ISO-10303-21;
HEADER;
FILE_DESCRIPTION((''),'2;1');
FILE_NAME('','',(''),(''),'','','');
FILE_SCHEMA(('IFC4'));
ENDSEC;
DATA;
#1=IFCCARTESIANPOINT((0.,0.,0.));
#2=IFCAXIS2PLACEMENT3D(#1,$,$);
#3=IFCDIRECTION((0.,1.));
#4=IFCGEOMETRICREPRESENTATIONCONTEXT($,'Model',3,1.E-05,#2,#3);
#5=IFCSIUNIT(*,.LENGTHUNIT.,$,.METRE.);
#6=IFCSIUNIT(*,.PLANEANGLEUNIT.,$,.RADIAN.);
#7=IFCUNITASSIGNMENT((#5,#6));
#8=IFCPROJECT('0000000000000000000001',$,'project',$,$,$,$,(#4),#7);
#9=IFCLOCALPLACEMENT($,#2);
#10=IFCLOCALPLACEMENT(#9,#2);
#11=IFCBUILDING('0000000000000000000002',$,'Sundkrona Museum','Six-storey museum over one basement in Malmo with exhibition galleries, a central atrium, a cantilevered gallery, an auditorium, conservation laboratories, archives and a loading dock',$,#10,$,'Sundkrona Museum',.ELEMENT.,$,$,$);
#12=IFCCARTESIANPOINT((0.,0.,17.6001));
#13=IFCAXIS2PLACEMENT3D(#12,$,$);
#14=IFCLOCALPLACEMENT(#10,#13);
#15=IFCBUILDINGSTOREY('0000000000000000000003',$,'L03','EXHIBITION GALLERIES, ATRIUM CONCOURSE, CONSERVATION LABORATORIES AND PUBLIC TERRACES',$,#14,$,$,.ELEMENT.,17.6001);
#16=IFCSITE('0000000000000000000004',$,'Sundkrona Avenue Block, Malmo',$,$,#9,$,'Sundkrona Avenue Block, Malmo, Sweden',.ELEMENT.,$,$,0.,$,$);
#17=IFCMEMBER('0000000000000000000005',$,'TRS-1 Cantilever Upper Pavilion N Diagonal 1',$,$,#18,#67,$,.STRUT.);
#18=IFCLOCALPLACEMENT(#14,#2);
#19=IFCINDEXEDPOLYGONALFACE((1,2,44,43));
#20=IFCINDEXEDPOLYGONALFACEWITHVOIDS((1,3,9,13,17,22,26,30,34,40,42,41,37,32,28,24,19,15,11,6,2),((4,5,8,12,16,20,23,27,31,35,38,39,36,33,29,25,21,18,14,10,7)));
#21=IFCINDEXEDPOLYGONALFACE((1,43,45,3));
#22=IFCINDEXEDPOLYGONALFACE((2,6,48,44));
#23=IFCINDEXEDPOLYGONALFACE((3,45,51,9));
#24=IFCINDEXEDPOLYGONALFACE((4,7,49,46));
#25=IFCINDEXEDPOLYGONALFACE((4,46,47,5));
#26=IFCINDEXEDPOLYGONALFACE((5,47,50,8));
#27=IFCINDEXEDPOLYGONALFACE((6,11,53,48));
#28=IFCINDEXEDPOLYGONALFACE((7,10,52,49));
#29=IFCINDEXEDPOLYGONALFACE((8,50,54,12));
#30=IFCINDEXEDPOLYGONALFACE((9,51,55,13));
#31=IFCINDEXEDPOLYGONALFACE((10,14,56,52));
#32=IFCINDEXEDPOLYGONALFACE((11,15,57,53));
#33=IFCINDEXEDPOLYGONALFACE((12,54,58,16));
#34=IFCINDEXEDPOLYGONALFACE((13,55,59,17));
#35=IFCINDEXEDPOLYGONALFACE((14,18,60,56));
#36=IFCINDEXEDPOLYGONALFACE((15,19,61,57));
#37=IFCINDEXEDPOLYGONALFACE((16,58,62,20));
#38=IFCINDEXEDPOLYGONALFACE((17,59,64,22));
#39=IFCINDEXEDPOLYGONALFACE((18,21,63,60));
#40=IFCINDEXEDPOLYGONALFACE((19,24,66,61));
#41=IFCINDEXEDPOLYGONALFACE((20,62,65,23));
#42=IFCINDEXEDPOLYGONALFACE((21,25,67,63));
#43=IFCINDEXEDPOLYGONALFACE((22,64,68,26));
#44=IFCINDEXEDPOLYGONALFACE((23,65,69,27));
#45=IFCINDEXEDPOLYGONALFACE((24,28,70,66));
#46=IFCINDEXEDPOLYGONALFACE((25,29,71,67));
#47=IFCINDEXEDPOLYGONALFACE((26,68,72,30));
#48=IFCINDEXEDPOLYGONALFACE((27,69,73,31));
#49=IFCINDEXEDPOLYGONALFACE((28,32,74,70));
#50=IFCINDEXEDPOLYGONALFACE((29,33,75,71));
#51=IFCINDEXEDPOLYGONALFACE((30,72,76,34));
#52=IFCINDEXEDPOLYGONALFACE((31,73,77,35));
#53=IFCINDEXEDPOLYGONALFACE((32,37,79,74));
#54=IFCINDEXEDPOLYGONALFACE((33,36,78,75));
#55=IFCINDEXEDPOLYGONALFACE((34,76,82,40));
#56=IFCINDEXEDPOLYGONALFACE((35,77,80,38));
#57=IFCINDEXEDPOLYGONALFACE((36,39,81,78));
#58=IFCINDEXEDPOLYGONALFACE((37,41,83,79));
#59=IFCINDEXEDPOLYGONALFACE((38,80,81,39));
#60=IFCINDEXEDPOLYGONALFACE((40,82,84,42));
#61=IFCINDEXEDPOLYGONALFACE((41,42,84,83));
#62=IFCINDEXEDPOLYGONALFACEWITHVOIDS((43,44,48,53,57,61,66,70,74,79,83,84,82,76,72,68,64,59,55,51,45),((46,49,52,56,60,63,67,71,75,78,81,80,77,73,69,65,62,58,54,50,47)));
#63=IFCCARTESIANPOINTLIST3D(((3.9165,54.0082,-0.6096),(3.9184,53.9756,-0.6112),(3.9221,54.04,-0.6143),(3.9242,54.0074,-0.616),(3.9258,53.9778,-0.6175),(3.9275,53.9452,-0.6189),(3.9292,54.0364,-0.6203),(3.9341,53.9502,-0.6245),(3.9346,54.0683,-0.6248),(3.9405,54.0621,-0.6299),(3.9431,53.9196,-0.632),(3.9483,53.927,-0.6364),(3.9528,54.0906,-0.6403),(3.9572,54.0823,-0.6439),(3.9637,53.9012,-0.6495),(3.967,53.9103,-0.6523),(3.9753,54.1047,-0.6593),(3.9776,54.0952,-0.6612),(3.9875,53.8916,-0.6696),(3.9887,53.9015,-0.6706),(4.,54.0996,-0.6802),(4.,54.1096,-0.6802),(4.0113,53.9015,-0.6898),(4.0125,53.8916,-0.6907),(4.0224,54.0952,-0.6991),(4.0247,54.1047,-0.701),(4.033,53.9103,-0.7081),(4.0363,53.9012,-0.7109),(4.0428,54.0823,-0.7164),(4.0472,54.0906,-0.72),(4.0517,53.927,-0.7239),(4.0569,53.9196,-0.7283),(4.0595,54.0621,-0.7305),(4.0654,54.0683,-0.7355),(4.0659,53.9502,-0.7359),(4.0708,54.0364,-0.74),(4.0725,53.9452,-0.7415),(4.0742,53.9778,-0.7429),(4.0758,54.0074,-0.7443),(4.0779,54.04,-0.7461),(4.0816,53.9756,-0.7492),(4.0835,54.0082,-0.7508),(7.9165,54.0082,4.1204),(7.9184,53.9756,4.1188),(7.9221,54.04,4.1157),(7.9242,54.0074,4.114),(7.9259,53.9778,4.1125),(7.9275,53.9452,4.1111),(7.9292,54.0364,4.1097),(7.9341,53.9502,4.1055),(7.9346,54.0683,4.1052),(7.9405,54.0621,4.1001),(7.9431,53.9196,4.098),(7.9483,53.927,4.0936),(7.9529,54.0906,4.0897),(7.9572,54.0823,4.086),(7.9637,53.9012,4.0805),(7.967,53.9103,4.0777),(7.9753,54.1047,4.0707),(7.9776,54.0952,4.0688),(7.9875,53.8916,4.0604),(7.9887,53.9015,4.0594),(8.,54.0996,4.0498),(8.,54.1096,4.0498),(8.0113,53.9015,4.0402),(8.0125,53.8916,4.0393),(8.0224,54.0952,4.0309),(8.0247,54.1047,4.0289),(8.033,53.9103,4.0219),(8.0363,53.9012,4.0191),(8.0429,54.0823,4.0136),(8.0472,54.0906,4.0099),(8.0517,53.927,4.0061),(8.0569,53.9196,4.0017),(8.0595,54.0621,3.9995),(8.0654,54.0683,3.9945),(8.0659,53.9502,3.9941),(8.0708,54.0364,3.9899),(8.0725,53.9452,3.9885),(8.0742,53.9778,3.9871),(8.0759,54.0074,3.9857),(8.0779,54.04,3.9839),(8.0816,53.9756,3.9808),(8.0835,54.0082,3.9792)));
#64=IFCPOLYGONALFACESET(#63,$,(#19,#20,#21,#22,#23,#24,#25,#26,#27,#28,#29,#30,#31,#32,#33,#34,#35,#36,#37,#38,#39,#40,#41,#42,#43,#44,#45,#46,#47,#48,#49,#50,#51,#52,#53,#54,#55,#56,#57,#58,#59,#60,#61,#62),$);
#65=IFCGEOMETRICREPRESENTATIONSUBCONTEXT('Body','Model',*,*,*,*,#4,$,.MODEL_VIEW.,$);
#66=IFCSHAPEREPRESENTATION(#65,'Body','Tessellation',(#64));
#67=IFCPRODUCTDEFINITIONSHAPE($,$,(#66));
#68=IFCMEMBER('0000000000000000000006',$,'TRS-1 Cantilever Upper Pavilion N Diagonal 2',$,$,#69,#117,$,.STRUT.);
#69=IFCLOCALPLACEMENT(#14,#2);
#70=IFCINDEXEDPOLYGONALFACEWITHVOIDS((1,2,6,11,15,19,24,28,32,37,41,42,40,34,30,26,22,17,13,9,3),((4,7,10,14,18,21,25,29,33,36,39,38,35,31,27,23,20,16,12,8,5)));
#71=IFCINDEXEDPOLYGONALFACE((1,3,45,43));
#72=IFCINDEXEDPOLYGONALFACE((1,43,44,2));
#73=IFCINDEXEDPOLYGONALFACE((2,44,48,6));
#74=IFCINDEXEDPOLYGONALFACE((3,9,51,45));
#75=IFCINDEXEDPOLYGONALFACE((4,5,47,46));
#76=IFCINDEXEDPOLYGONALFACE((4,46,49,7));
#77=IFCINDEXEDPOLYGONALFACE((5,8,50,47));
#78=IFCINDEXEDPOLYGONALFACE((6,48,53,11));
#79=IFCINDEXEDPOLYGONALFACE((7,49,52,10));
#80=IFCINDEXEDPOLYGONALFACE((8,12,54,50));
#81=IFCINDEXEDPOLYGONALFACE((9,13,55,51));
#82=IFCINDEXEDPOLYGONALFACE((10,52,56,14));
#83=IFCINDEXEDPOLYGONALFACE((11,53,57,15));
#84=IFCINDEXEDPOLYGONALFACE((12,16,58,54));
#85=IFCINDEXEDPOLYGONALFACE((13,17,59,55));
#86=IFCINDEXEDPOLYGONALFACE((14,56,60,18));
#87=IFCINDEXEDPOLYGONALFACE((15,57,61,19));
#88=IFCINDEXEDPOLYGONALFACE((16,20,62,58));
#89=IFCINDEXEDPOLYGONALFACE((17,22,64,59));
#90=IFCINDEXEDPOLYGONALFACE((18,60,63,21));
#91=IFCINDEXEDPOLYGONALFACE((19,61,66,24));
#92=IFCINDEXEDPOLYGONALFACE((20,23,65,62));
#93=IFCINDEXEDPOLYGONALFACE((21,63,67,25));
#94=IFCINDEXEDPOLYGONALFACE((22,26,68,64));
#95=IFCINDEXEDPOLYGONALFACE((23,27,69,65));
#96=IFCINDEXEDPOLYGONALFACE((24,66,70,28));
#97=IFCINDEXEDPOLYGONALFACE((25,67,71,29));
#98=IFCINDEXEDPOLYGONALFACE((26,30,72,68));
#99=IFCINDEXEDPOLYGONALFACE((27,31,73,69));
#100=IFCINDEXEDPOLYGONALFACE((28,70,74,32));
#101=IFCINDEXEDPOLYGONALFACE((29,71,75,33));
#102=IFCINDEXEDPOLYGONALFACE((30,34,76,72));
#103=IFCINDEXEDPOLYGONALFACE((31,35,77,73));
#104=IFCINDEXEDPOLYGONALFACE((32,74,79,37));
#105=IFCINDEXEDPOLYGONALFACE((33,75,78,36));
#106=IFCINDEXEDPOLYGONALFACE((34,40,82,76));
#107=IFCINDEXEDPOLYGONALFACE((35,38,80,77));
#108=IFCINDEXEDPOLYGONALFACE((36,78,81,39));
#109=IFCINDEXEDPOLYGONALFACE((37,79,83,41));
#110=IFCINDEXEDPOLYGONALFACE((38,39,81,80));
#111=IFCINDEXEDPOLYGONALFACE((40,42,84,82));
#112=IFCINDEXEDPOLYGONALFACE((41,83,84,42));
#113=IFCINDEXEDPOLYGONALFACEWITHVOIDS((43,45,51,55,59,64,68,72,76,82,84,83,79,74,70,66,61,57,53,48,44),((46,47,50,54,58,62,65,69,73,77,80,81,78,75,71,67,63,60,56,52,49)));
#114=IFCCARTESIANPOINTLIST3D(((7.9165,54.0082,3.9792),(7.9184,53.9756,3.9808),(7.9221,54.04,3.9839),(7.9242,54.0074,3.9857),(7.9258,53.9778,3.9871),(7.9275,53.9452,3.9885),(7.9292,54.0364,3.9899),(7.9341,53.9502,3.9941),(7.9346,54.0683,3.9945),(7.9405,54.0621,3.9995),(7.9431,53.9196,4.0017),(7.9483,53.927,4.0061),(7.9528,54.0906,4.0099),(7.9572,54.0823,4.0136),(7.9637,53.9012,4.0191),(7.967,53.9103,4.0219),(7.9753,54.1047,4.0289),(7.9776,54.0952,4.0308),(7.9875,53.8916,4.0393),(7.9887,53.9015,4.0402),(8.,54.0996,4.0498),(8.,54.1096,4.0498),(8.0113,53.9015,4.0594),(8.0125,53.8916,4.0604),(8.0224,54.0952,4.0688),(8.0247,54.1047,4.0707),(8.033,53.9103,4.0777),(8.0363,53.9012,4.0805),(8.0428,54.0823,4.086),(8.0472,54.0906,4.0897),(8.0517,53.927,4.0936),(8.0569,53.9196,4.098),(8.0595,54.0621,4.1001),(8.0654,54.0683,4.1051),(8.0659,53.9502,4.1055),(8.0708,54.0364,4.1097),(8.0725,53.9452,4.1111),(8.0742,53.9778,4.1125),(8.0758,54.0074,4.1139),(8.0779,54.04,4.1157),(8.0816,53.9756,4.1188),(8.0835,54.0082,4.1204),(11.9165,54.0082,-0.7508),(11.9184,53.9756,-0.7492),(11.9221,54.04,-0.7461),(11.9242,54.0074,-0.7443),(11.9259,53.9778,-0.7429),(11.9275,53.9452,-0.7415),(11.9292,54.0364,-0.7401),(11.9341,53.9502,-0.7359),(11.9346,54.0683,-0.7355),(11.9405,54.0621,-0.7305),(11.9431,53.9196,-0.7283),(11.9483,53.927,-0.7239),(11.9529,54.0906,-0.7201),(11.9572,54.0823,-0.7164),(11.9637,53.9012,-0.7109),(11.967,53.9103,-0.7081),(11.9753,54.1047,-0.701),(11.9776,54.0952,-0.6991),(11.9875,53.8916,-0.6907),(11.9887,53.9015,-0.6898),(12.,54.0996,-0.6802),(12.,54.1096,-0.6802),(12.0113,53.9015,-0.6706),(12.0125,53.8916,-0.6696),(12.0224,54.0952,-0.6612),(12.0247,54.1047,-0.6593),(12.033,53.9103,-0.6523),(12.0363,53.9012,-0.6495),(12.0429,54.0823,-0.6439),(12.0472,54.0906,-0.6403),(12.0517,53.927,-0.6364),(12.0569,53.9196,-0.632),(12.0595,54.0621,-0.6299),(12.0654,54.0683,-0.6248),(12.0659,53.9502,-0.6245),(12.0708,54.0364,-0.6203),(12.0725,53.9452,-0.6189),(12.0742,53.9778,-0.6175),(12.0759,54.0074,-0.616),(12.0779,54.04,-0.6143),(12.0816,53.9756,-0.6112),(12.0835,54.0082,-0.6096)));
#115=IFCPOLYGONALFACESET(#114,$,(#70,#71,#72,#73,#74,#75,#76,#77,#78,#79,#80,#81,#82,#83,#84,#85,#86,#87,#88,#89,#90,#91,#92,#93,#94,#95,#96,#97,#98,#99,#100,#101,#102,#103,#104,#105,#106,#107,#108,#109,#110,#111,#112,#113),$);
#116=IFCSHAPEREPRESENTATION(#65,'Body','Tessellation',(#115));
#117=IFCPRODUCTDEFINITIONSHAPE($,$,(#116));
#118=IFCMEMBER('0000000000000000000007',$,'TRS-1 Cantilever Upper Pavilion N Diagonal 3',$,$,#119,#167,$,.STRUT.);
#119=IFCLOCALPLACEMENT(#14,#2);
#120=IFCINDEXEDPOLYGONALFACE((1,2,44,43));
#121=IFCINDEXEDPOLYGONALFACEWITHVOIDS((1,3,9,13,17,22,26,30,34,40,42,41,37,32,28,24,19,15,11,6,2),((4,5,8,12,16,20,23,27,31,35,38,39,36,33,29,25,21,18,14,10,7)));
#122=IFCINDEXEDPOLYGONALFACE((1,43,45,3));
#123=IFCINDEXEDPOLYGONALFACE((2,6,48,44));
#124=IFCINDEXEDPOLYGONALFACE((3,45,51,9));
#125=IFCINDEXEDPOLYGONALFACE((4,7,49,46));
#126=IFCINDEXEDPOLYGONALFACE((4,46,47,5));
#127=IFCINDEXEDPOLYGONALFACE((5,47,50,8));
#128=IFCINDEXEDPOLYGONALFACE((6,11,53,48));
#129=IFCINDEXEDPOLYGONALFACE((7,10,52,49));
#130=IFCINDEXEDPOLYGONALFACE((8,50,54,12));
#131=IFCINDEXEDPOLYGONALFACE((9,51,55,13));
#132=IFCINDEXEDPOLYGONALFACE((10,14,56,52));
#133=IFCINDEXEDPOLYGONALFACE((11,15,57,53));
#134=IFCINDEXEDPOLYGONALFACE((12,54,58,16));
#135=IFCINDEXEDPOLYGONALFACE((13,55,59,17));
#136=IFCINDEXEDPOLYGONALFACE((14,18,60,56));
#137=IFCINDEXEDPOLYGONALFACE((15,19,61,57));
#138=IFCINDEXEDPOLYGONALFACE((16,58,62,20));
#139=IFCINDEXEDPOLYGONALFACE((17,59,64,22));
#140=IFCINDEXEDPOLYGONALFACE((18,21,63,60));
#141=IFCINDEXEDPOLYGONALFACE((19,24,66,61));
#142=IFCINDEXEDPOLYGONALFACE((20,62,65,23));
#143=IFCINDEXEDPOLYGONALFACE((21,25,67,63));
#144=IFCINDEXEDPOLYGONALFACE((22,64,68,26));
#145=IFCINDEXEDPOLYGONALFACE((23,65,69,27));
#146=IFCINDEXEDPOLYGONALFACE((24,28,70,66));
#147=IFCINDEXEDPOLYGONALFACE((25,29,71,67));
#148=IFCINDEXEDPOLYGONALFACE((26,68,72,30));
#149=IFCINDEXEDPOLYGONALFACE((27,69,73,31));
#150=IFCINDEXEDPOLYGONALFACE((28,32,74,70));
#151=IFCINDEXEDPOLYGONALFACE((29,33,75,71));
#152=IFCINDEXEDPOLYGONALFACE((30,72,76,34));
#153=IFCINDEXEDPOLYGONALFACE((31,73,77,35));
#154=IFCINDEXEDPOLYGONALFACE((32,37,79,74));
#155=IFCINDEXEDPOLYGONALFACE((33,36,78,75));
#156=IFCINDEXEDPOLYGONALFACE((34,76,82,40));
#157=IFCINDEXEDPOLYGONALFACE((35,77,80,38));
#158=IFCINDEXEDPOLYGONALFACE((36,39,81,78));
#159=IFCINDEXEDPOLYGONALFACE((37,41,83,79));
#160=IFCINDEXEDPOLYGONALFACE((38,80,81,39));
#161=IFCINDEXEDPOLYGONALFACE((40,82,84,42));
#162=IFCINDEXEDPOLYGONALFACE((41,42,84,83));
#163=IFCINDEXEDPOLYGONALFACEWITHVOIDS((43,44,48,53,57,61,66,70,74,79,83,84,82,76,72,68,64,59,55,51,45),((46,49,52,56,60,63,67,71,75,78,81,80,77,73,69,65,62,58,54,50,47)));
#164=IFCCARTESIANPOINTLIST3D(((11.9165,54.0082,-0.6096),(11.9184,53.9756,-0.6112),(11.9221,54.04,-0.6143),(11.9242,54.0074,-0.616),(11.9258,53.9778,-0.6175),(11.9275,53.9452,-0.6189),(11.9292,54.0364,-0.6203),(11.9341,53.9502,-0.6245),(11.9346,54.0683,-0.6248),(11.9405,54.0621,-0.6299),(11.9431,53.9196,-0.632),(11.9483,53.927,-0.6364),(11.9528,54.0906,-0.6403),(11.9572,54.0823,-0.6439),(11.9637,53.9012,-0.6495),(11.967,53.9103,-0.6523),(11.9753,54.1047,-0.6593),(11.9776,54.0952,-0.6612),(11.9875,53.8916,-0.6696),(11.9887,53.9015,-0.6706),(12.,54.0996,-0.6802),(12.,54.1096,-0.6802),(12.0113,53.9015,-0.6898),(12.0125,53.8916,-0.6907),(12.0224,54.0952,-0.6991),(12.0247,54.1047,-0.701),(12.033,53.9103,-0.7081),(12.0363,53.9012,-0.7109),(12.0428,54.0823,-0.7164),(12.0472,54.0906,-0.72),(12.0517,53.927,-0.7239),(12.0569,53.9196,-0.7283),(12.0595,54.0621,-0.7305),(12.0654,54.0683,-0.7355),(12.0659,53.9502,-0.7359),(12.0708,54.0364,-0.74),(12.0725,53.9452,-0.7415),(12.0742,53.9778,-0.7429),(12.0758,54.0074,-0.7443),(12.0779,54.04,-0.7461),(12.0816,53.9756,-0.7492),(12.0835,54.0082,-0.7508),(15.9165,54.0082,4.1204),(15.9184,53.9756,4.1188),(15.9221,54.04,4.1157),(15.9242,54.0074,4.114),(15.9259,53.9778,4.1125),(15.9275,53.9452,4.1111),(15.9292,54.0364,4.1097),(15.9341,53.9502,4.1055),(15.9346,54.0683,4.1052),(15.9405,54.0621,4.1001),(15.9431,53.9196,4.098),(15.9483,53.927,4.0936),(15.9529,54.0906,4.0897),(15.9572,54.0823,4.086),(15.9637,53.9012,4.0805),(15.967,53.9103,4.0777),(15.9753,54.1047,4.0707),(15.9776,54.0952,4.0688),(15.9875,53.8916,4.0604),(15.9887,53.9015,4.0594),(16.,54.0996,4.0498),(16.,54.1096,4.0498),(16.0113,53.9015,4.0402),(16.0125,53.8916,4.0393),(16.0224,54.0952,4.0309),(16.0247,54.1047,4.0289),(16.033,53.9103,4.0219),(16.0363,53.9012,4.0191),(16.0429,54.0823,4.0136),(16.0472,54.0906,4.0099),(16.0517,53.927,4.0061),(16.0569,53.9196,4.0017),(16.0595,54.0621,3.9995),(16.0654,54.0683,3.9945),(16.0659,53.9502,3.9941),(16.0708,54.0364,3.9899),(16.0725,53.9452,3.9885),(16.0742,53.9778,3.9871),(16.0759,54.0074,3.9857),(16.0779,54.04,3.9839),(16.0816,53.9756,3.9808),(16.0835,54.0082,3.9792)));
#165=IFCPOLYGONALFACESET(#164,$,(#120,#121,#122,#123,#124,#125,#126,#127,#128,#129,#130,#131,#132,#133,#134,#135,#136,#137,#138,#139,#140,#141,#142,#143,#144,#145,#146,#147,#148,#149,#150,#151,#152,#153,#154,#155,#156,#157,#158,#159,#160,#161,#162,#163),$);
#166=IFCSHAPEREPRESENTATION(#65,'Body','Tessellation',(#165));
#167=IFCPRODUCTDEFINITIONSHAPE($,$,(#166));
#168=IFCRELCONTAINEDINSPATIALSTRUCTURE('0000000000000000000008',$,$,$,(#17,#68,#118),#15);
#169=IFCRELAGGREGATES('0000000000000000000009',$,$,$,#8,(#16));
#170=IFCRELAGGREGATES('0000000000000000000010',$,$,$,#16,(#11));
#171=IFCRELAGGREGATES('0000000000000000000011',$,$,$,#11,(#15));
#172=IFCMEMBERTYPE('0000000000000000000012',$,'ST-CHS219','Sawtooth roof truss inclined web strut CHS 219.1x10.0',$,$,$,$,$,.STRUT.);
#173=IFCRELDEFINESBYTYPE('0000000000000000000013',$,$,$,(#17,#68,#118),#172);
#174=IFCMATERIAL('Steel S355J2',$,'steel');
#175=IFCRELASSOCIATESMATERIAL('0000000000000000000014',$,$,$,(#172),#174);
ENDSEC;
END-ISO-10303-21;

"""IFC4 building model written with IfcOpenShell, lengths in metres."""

from ifc_helpers import new_model, si_unit, direction, frame, origin, origin_2d, place, context, subcontext, project, spatial, hollow_circle, extrude, material, material_profile, profile_set, type_object, element, save


model = new_model("IFC4")

# Units and contexts
model_context = context("Model", 3, precision=1e-05, world=origin(), true_north=direction((0.0, 1.0)))
body_context = subcontext(model_context, "Body", "Model", "MODEL_VIEW")
ifc_project = project(units=[si_unit("LENGTHUNIT", "METRE"), si_unit("PLANEANGLEUNIT", "RADIAN")], contexts=[model_context])

# Site, building, storey
site_placement = place(None, origin())
site = spatial("IfcSite", under=ifc_project, at=site_placement, Name="Sundkrona Avenue Block, Malmo", LongName="Sundkrona Avenue Block, Malmo, Sweden", CompositionType="ELEMENT", RefElevation=0.0)
building_placement = place(site_placement, origin())
building = spatial("IfcBuilding", under=site, at=building_placement, Name="Sundkrona Museum", Description="Six-storey museum over one basement in Malmo with exhibition galleries, a central atrium, a cantilevered gallery, an auditorium, conservation laboratories, archives and a loading dock", LongName="Sundkrona Museum", CompositionType="ELEMENT")
storey_placement = place(building_placement, frame((0.0, 0.0, 17.6001)))
storey = spatial("IfcBuildingStorey", under=building, at=storey_placement, Name="L03", Description="EXHIBITION GALLERIES, ATRIUM CONCOURSE, CONSERVATION LABORATORIES AND PUBLIC TERRACES", CompositionType="ELEMENT", Elevation=17.6001)

# Shared definitions
ifc_material_1 = material(Name="Steel S355J2", Category="steel")

# Members
ifc_material_profile_1 = material_profile(ifc_material_1, hollow_circle(Radius=0.1096, WallThickness=0.01, at=origin_2d()), Name="CHS 219.1x10.0")
ifc_profile_set_1 = profile_set([ifc_material_profile_1], Name="Steel S355J2")
member_type_1 = type_object("IfcMemberType", Name="ST-CHS219", Description="Sawtooth roof truss inclined web strut CHS 219.1x10.0", PredefinedType="STRUT", material=ifc_profile_set_1)
for number, where, z_axis, x_axis, name in (
    (1, (4.0, 54.0, -0.6802), (0.645727, 0.0, 0.763569), (0.0, 1.0, 0.0), "TRS-1 Cantilever Upper Pavilion N Diagonal 1"),
    (2, (8.0, 54.0, 4.0498), (0.645727, 0.0, -0.763569), (0.0, 1.0, 0.0), "TRS-1 Cantilever Upper Pavilion N Diagonal 2"),
    (3, (12.0, 54.0, -0.6802), (0.645727, 0.0, 0.763569), (0.0, 1.0, 0.0), "TRS-1 Cantilever Upper Pavilion N Diagonal 3"),
):
    element("IfcMember", number, at=place(storey_placement, frame(where, z_axis=z_axis, x_axis=x_axis)), inside=storey, type_object=member_type_1, Name=name, PredefinedType="STRUT", context=body_context, shape_type="SweptSolid", body=[
        extrude(hollow_circle(Radius=0.1096, WallThickness=0.01, at=origin_2d()), origin(), (0.0, 0.0, 1.0), 6.1946),
    ])

save(model, "model.ifc")
